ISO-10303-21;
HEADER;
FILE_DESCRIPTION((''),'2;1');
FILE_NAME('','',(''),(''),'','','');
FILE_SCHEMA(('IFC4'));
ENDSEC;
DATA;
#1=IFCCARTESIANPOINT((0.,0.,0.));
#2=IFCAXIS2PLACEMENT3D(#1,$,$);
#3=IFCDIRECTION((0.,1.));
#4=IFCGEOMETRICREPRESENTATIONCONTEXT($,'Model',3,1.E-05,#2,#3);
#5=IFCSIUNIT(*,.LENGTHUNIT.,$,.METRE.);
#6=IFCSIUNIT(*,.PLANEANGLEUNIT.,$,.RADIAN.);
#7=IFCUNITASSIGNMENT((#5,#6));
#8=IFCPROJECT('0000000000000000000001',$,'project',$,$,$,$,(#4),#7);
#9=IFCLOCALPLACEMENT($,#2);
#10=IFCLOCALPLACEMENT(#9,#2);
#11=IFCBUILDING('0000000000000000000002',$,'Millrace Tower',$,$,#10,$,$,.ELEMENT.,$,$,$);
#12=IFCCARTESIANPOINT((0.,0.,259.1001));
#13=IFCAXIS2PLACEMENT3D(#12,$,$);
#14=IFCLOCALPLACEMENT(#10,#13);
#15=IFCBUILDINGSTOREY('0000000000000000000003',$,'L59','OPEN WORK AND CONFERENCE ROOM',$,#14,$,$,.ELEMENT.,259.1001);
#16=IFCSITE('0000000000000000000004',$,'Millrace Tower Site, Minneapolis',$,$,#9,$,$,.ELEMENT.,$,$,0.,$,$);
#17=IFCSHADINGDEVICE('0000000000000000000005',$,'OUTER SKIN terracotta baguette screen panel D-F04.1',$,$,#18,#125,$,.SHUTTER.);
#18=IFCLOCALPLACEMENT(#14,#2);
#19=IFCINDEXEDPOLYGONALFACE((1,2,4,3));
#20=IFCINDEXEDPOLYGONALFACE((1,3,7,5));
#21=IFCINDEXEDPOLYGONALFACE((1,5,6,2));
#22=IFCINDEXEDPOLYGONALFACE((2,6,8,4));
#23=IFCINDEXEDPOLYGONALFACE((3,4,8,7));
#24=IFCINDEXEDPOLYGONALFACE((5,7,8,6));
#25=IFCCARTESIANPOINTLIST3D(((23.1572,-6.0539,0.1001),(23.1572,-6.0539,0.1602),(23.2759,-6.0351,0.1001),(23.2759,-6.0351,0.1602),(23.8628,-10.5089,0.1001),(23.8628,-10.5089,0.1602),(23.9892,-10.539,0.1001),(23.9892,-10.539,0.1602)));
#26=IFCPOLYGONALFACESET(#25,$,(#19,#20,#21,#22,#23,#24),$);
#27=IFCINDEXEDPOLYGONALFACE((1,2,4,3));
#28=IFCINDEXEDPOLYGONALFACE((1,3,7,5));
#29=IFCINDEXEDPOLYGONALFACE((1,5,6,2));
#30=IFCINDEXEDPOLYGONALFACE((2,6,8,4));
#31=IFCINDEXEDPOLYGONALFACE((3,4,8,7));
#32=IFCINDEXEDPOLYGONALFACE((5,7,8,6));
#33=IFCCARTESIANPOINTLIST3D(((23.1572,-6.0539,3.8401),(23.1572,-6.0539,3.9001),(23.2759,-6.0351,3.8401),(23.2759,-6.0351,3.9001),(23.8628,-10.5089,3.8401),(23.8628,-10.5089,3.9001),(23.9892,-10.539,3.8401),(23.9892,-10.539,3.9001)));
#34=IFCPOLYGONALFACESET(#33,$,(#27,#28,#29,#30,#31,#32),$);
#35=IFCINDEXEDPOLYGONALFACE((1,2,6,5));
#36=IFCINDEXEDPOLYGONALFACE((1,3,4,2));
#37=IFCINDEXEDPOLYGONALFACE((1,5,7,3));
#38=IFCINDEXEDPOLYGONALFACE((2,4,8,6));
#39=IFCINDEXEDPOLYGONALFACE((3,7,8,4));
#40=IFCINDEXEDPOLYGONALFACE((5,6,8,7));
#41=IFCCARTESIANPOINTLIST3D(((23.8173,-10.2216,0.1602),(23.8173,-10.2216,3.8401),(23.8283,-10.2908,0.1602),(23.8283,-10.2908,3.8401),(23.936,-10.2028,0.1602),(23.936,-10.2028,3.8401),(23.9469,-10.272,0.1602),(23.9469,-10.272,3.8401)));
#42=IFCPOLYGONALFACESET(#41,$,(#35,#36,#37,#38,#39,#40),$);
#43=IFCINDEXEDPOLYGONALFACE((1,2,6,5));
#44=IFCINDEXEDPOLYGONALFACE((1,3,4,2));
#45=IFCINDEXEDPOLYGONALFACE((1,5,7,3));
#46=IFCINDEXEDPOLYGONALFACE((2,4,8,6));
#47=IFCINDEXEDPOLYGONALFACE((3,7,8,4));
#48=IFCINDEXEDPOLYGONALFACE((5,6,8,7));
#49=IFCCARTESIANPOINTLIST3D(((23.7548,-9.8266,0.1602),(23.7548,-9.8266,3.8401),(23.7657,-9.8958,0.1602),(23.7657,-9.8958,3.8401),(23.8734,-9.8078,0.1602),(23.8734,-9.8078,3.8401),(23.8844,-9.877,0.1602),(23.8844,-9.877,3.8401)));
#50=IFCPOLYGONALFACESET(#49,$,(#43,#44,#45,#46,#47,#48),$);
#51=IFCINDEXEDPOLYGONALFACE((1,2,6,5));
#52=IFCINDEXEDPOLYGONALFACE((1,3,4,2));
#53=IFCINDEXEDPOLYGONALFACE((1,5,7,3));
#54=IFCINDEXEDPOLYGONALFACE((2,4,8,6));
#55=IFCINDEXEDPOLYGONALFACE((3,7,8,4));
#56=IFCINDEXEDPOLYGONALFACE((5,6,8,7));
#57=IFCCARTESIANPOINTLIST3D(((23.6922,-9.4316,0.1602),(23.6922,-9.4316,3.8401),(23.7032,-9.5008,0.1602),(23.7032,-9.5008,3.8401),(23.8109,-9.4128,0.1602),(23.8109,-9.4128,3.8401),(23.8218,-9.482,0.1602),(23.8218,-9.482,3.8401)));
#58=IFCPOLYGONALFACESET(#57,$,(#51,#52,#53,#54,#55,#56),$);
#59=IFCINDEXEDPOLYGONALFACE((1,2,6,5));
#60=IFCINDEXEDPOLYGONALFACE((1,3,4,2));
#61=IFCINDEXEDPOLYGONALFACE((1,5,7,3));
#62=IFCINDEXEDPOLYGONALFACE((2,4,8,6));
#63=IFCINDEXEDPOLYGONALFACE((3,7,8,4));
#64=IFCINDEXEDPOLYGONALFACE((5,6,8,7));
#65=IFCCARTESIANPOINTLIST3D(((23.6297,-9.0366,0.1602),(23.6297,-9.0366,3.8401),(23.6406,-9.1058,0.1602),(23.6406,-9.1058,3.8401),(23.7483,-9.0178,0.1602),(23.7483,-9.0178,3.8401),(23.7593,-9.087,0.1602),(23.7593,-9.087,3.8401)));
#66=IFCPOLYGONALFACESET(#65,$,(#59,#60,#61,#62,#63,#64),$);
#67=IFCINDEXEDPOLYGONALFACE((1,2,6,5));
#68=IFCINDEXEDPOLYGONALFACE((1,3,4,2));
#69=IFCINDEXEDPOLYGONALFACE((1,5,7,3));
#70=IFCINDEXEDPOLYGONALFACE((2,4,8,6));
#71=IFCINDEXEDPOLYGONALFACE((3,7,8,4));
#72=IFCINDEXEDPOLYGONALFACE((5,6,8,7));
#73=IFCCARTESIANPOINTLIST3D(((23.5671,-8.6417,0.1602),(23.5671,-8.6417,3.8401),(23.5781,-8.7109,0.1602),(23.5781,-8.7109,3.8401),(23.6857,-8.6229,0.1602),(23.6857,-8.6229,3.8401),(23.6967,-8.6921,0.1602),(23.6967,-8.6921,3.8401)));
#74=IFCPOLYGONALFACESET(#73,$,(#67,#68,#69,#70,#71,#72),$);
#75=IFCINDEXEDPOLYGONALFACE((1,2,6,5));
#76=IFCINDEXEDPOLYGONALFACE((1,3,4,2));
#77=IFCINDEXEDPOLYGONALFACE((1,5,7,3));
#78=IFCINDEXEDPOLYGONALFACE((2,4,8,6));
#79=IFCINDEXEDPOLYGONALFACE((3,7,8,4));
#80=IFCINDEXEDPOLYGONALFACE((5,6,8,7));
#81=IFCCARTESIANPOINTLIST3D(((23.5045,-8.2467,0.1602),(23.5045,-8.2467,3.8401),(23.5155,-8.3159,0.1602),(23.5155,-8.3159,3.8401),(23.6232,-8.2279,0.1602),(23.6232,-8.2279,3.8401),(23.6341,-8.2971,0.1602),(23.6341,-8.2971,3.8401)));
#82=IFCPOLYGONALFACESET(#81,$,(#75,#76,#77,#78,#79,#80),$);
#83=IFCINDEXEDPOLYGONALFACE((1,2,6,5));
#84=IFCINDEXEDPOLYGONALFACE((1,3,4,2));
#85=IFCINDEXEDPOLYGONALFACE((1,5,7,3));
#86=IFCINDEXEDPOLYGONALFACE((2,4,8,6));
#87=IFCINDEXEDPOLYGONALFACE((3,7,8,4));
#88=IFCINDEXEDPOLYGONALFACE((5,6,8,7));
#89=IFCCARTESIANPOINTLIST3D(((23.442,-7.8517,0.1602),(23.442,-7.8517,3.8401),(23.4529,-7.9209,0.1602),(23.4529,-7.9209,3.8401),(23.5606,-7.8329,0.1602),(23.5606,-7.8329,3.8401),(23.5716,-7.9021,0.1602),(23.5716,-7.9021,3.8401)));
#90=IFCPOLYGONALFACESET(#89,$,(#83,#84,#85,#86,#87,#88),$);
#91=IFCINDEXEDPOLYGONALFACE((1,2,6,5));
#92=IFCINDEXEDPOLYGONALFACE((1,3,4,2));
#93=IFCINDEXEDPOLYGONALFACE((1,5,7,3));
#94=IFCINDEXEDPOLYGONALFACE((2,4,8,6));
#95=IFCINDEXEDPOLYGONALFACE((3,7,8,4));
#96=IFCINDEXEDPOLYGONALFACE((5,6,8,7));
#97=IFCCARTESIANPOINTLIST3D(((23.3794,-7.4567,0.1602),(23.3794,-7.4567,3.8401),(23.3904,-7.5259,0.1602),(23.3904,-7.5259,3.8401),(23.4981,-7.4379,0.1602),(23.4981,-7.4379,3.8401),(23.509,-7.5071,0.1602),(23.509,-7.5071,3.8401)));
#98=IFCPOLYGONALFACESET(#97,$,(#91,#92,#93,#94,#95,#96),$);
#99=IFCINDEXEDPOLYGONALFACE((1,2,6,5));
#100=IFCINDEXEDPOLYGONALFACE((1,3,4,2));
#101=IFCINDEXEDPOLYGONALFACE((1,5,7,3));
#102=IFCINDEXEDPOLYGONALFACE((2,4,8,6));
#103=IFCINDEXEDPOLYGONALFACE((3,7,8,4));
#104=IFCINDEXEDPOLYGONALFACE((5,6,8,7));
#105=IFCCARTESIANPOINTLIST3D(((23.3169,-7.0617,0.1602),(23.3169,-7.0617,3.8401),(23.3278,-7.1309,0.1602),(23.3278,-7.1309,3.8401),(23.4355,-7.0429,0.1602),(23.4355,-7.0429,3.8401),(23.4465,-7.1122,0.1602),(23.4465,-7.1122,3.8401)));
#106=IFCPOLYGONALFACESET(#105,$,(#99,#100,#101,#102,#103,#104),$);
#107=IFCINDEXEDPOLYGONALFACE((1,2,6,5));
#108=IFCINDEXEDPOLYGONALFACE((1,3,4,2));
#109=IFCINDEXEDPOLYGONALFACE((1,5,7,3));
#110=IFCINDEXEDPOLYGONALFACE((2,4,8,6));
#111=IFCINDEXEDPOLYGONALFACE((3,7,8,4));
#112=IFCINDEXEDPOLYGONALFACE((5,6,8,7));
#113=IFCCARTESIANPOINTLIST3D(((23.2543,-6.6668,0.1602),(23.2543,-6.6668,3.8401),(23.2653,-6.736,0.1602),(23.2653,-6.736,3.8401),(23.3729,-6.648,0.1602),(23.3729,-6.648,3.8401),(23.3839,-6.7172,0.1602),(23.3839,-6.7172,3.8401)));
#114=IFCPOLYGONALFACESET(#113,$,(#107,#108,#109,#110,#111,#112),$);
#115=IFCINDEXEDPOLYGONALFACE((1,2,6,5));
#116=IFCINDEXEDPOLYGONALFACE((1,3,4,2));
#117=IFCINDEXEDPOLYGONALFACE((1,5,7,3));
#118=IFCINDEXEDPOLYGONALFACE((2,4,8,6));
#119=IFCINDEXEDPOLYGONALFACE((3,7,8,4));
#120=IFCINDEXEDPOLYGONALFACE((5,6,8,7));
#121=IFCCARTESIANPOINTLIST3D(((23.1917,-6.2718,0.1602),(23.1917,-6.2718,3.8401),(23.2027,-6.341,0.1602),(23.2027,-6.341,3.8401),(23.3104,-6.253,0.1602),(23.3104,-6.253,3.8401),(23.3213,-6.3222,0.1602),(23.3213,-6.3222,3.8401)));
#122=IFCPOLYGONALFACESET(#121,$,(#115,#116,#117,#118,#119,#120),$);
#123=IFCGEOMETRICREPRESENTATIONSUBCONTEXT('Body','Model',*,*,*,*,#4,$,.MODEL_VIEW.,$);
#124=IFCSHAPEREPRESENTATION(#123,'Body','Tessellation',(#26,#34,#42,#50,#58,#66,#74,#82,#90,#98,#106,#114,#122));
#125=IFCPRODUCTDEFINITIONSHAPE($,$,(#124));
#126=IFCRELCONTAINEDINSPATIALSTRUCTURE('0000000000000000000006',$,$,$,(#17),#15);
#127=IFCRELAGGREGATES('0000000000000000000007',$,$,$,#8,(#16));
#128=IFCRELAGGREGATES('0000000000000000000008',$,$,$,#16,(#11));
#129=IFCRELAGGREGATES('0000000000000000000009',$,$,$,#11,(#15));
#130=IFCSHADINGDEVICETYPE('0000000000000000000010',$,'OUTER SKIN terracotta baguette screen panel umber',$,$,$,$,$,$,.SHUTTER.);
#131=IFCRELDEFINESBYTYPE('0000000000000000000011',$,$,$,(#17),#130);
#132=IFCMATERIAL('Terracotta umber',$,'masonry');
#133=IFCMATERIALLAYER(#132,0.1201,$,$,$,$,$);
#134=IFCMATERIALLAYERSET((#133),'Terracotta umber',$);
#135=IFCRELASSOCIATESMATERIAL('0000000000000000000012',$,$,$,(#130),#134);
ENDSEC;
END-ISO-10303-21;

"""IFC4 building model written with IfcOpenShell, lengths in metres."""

from ifc_helpers import new_model, entity, si_unit, direction, frame, frame_2d, origin, place, context, subcontext, project, spatial, rectangle, extrude, source, transform, mapped, material, layer, layer_set, type_object, element, save


model = new_model("IFC4")

# Units and contexts
model_context = context("Model", 3, precision=1e-05, world=origin(), true_north=direction((0.0, 1.0)))
body_context = subcontext(model_context, "Body", "Model", "MODEL_VIEW")
ifc_project = project(units=[si_unit("LENGTHUNIT", "METRE"), si_unit("PLANEANGLEUNIT", "RADIAN")], contexts=[model_context])

# Site, building, storey
site_placement = place(None, origin())
site = spatial("IfcSite", under=ifc_project, at=site_placement, Name="Millrace Tower Site, Minneapolis", CompositionType="ELEMENT", RefElevation=0.0)
building_placement = place(site_placement, origin())
building = spatial("IfcBuilding", under=site, at=building_placement, Name="Millrace Tower", CompositionType="ELEMENT")
storey_placement = place(building_placement, frame((0.0, 0.0, 259.1001)))
storey = spatial("IfcBuildingStorey", under=building, at=storey_placement, Name="L59", Description="OPEN WORK AND CONFERENCE ROOM", CompositionType="ELEMENT", Elevation=259.1001)

# Shading device
ifc_material_1 = material(Name="Terracotta umber", Category="masonry")
ifc_layer_1 = layer(ifc_material_1, 0.1201)
ifc_layer_set_1 = layer_set([ifc_layer_1], Name="Terracotta umber")
shading_device_type = type_object("IfcShadingDeviceType", Name="OUTER SKIN terracotta baguette screen panel umber", PredefinedType="SHUTTER", material=ifc_layer_set_1)
cartesian_point_1 = entity("IfcCartesianPoint", [-2.2429, 0.0601])
shared_polyline_1 = entity("IfcPolyline", [cartesian_point_1, entity("IfcCartesianPoint", [2.2676, 0.0601]), entity("IfcCartesianPoint", [2.2676, -0.0601]), entity("IfcCartesianPoint", [-2.2925, -0.0601]), cartesian_point_1])
shared_shape_1 = source(origin(), body_context, "Body", "SweptSolid", [
    entity("IfcExtrudedAreaSolid", entity("IfcArbitraryClosedProfileDef", "AREA", None, shared_polyline_1), entity("IfcAxis2Placement3D", entity("IfcCartesianPoint", [0.0, 0.0, 0.0])), entity("IfcDirection", [0.0, 0.0, 1.0]), 0.0601),
    entity("IfcExtrudedAreaSolid", entity("IfcArbitraryClosedProfileDef", "AREA", None, shared_polyline_1), entity("IfcAxis2Placement3D", entity("IfcCartesianPoint", [0.0, 0.0, 3.74])), entity("IfcDirection", [0.0, 0.0, 1.0]), 0.0601),
    extrude(rectangle(XDim=0.0701, YDim=0.1201, at=frame_2d((-1.9871, 0.0))), frame((0.0, 0.0, 0.0601)), (0.0, 0.0, 1.0), 3.6799),
    extrude(rectangle(XDim=0.0701, YDim=0.1201, at=frame_2d((-1.5872, 0.0))), frame((0.0, 0.0, 0.0601)), (0.0, 0.0, 1.0), 3.6799),
    extrude(rectangle(XDim=0.0701, YDim=0.1201, at=frame_2d((-1.1873, 0.0))), frame((0.0, 0.0, 0.0601)), (0.0, 0.0, 1.0), 3.6799),
    extrude(rectangle(XDim=0.0701, YDim=0.1201, at=frame_2d((-0.7874, 0.0))), frame((0.0, 0.0, 0.0601)), (0.0, 0.0, 1.0), 3.6799),
    extrude(rectangle(XDim=0.0701, YDim=0.1201, at=frame_2d((-0.3875, 0.0))), frame((0.0, 0.0, 0.0601)), (0.0, 0.0, 1.0), 3.6799),
    extrude(rectangle(XDim=0.0701, YDim=0.1201, at=frame_2d((0.0125, 0.0))), frame((0.0, 0.0, 0.0601)), (0.0, 0.0, 1.0), 3.6799),
    extrude(rectangle(XDim=0.0701, YDim=0.1201, at=frame_2d((0.4124, 0.0))), frame((0.0, 0.0, 0.0601)), (0.0, 0.0, 1.0), 3.6799),
    extrude(rectangle(XDim=0.0701, YDim=0.1201, at=frame_2d((0.8123, 0.0))), frame((0.0, 0.0, 0.0601)), (0.0, 0.0, 1.0), 3.6799),
    extrude(rectangle(XDim=0.0701, YDim=0.1201, at=frame_2d((1.2122, 0.0))), frame((0.0, 0.0, 0.0601)), (0.0, 0.0, 1.0), 3.6799),
    extrude(rectangle(XDim=0.0701, YDim=0.1201, at=frame_2d((1.6121, 0.0))), frame((0.0, 0.0, 0.0601)), (0.0, 0.0, 1.0), 3.6799),
    extrude(rectangle(XDim=0.0701, YDim=0.1201, at=frame_2d((2.012, 0.0))), frame((0.0, 0.0, 0.0601)), (0.0, 0.0, 1.0), 3.6799),
])
shading_device_1_placement = place(storey_placement, frame((23.5713, -8.2842, 0.1001), z_axis=(0.0, 0.0, 1.0), x_axis=(-0.156434, 0.987688, 0.0)))
element("IfcShadingDevice", 1, at=shading_device_1_placement, inside=storey, type_object=shading_device_type, Name="OUTER SKIN terracotta baguette screen panel D-F04.1", PredefinedType="SHUTTER", context=body_context, shape_type="MappedRepresentation", body=[
    mapped(shared_shape_1, transform((0.0, 0.0, 0.0), scale=1.0)),
])

save(model, "model.ifc")
